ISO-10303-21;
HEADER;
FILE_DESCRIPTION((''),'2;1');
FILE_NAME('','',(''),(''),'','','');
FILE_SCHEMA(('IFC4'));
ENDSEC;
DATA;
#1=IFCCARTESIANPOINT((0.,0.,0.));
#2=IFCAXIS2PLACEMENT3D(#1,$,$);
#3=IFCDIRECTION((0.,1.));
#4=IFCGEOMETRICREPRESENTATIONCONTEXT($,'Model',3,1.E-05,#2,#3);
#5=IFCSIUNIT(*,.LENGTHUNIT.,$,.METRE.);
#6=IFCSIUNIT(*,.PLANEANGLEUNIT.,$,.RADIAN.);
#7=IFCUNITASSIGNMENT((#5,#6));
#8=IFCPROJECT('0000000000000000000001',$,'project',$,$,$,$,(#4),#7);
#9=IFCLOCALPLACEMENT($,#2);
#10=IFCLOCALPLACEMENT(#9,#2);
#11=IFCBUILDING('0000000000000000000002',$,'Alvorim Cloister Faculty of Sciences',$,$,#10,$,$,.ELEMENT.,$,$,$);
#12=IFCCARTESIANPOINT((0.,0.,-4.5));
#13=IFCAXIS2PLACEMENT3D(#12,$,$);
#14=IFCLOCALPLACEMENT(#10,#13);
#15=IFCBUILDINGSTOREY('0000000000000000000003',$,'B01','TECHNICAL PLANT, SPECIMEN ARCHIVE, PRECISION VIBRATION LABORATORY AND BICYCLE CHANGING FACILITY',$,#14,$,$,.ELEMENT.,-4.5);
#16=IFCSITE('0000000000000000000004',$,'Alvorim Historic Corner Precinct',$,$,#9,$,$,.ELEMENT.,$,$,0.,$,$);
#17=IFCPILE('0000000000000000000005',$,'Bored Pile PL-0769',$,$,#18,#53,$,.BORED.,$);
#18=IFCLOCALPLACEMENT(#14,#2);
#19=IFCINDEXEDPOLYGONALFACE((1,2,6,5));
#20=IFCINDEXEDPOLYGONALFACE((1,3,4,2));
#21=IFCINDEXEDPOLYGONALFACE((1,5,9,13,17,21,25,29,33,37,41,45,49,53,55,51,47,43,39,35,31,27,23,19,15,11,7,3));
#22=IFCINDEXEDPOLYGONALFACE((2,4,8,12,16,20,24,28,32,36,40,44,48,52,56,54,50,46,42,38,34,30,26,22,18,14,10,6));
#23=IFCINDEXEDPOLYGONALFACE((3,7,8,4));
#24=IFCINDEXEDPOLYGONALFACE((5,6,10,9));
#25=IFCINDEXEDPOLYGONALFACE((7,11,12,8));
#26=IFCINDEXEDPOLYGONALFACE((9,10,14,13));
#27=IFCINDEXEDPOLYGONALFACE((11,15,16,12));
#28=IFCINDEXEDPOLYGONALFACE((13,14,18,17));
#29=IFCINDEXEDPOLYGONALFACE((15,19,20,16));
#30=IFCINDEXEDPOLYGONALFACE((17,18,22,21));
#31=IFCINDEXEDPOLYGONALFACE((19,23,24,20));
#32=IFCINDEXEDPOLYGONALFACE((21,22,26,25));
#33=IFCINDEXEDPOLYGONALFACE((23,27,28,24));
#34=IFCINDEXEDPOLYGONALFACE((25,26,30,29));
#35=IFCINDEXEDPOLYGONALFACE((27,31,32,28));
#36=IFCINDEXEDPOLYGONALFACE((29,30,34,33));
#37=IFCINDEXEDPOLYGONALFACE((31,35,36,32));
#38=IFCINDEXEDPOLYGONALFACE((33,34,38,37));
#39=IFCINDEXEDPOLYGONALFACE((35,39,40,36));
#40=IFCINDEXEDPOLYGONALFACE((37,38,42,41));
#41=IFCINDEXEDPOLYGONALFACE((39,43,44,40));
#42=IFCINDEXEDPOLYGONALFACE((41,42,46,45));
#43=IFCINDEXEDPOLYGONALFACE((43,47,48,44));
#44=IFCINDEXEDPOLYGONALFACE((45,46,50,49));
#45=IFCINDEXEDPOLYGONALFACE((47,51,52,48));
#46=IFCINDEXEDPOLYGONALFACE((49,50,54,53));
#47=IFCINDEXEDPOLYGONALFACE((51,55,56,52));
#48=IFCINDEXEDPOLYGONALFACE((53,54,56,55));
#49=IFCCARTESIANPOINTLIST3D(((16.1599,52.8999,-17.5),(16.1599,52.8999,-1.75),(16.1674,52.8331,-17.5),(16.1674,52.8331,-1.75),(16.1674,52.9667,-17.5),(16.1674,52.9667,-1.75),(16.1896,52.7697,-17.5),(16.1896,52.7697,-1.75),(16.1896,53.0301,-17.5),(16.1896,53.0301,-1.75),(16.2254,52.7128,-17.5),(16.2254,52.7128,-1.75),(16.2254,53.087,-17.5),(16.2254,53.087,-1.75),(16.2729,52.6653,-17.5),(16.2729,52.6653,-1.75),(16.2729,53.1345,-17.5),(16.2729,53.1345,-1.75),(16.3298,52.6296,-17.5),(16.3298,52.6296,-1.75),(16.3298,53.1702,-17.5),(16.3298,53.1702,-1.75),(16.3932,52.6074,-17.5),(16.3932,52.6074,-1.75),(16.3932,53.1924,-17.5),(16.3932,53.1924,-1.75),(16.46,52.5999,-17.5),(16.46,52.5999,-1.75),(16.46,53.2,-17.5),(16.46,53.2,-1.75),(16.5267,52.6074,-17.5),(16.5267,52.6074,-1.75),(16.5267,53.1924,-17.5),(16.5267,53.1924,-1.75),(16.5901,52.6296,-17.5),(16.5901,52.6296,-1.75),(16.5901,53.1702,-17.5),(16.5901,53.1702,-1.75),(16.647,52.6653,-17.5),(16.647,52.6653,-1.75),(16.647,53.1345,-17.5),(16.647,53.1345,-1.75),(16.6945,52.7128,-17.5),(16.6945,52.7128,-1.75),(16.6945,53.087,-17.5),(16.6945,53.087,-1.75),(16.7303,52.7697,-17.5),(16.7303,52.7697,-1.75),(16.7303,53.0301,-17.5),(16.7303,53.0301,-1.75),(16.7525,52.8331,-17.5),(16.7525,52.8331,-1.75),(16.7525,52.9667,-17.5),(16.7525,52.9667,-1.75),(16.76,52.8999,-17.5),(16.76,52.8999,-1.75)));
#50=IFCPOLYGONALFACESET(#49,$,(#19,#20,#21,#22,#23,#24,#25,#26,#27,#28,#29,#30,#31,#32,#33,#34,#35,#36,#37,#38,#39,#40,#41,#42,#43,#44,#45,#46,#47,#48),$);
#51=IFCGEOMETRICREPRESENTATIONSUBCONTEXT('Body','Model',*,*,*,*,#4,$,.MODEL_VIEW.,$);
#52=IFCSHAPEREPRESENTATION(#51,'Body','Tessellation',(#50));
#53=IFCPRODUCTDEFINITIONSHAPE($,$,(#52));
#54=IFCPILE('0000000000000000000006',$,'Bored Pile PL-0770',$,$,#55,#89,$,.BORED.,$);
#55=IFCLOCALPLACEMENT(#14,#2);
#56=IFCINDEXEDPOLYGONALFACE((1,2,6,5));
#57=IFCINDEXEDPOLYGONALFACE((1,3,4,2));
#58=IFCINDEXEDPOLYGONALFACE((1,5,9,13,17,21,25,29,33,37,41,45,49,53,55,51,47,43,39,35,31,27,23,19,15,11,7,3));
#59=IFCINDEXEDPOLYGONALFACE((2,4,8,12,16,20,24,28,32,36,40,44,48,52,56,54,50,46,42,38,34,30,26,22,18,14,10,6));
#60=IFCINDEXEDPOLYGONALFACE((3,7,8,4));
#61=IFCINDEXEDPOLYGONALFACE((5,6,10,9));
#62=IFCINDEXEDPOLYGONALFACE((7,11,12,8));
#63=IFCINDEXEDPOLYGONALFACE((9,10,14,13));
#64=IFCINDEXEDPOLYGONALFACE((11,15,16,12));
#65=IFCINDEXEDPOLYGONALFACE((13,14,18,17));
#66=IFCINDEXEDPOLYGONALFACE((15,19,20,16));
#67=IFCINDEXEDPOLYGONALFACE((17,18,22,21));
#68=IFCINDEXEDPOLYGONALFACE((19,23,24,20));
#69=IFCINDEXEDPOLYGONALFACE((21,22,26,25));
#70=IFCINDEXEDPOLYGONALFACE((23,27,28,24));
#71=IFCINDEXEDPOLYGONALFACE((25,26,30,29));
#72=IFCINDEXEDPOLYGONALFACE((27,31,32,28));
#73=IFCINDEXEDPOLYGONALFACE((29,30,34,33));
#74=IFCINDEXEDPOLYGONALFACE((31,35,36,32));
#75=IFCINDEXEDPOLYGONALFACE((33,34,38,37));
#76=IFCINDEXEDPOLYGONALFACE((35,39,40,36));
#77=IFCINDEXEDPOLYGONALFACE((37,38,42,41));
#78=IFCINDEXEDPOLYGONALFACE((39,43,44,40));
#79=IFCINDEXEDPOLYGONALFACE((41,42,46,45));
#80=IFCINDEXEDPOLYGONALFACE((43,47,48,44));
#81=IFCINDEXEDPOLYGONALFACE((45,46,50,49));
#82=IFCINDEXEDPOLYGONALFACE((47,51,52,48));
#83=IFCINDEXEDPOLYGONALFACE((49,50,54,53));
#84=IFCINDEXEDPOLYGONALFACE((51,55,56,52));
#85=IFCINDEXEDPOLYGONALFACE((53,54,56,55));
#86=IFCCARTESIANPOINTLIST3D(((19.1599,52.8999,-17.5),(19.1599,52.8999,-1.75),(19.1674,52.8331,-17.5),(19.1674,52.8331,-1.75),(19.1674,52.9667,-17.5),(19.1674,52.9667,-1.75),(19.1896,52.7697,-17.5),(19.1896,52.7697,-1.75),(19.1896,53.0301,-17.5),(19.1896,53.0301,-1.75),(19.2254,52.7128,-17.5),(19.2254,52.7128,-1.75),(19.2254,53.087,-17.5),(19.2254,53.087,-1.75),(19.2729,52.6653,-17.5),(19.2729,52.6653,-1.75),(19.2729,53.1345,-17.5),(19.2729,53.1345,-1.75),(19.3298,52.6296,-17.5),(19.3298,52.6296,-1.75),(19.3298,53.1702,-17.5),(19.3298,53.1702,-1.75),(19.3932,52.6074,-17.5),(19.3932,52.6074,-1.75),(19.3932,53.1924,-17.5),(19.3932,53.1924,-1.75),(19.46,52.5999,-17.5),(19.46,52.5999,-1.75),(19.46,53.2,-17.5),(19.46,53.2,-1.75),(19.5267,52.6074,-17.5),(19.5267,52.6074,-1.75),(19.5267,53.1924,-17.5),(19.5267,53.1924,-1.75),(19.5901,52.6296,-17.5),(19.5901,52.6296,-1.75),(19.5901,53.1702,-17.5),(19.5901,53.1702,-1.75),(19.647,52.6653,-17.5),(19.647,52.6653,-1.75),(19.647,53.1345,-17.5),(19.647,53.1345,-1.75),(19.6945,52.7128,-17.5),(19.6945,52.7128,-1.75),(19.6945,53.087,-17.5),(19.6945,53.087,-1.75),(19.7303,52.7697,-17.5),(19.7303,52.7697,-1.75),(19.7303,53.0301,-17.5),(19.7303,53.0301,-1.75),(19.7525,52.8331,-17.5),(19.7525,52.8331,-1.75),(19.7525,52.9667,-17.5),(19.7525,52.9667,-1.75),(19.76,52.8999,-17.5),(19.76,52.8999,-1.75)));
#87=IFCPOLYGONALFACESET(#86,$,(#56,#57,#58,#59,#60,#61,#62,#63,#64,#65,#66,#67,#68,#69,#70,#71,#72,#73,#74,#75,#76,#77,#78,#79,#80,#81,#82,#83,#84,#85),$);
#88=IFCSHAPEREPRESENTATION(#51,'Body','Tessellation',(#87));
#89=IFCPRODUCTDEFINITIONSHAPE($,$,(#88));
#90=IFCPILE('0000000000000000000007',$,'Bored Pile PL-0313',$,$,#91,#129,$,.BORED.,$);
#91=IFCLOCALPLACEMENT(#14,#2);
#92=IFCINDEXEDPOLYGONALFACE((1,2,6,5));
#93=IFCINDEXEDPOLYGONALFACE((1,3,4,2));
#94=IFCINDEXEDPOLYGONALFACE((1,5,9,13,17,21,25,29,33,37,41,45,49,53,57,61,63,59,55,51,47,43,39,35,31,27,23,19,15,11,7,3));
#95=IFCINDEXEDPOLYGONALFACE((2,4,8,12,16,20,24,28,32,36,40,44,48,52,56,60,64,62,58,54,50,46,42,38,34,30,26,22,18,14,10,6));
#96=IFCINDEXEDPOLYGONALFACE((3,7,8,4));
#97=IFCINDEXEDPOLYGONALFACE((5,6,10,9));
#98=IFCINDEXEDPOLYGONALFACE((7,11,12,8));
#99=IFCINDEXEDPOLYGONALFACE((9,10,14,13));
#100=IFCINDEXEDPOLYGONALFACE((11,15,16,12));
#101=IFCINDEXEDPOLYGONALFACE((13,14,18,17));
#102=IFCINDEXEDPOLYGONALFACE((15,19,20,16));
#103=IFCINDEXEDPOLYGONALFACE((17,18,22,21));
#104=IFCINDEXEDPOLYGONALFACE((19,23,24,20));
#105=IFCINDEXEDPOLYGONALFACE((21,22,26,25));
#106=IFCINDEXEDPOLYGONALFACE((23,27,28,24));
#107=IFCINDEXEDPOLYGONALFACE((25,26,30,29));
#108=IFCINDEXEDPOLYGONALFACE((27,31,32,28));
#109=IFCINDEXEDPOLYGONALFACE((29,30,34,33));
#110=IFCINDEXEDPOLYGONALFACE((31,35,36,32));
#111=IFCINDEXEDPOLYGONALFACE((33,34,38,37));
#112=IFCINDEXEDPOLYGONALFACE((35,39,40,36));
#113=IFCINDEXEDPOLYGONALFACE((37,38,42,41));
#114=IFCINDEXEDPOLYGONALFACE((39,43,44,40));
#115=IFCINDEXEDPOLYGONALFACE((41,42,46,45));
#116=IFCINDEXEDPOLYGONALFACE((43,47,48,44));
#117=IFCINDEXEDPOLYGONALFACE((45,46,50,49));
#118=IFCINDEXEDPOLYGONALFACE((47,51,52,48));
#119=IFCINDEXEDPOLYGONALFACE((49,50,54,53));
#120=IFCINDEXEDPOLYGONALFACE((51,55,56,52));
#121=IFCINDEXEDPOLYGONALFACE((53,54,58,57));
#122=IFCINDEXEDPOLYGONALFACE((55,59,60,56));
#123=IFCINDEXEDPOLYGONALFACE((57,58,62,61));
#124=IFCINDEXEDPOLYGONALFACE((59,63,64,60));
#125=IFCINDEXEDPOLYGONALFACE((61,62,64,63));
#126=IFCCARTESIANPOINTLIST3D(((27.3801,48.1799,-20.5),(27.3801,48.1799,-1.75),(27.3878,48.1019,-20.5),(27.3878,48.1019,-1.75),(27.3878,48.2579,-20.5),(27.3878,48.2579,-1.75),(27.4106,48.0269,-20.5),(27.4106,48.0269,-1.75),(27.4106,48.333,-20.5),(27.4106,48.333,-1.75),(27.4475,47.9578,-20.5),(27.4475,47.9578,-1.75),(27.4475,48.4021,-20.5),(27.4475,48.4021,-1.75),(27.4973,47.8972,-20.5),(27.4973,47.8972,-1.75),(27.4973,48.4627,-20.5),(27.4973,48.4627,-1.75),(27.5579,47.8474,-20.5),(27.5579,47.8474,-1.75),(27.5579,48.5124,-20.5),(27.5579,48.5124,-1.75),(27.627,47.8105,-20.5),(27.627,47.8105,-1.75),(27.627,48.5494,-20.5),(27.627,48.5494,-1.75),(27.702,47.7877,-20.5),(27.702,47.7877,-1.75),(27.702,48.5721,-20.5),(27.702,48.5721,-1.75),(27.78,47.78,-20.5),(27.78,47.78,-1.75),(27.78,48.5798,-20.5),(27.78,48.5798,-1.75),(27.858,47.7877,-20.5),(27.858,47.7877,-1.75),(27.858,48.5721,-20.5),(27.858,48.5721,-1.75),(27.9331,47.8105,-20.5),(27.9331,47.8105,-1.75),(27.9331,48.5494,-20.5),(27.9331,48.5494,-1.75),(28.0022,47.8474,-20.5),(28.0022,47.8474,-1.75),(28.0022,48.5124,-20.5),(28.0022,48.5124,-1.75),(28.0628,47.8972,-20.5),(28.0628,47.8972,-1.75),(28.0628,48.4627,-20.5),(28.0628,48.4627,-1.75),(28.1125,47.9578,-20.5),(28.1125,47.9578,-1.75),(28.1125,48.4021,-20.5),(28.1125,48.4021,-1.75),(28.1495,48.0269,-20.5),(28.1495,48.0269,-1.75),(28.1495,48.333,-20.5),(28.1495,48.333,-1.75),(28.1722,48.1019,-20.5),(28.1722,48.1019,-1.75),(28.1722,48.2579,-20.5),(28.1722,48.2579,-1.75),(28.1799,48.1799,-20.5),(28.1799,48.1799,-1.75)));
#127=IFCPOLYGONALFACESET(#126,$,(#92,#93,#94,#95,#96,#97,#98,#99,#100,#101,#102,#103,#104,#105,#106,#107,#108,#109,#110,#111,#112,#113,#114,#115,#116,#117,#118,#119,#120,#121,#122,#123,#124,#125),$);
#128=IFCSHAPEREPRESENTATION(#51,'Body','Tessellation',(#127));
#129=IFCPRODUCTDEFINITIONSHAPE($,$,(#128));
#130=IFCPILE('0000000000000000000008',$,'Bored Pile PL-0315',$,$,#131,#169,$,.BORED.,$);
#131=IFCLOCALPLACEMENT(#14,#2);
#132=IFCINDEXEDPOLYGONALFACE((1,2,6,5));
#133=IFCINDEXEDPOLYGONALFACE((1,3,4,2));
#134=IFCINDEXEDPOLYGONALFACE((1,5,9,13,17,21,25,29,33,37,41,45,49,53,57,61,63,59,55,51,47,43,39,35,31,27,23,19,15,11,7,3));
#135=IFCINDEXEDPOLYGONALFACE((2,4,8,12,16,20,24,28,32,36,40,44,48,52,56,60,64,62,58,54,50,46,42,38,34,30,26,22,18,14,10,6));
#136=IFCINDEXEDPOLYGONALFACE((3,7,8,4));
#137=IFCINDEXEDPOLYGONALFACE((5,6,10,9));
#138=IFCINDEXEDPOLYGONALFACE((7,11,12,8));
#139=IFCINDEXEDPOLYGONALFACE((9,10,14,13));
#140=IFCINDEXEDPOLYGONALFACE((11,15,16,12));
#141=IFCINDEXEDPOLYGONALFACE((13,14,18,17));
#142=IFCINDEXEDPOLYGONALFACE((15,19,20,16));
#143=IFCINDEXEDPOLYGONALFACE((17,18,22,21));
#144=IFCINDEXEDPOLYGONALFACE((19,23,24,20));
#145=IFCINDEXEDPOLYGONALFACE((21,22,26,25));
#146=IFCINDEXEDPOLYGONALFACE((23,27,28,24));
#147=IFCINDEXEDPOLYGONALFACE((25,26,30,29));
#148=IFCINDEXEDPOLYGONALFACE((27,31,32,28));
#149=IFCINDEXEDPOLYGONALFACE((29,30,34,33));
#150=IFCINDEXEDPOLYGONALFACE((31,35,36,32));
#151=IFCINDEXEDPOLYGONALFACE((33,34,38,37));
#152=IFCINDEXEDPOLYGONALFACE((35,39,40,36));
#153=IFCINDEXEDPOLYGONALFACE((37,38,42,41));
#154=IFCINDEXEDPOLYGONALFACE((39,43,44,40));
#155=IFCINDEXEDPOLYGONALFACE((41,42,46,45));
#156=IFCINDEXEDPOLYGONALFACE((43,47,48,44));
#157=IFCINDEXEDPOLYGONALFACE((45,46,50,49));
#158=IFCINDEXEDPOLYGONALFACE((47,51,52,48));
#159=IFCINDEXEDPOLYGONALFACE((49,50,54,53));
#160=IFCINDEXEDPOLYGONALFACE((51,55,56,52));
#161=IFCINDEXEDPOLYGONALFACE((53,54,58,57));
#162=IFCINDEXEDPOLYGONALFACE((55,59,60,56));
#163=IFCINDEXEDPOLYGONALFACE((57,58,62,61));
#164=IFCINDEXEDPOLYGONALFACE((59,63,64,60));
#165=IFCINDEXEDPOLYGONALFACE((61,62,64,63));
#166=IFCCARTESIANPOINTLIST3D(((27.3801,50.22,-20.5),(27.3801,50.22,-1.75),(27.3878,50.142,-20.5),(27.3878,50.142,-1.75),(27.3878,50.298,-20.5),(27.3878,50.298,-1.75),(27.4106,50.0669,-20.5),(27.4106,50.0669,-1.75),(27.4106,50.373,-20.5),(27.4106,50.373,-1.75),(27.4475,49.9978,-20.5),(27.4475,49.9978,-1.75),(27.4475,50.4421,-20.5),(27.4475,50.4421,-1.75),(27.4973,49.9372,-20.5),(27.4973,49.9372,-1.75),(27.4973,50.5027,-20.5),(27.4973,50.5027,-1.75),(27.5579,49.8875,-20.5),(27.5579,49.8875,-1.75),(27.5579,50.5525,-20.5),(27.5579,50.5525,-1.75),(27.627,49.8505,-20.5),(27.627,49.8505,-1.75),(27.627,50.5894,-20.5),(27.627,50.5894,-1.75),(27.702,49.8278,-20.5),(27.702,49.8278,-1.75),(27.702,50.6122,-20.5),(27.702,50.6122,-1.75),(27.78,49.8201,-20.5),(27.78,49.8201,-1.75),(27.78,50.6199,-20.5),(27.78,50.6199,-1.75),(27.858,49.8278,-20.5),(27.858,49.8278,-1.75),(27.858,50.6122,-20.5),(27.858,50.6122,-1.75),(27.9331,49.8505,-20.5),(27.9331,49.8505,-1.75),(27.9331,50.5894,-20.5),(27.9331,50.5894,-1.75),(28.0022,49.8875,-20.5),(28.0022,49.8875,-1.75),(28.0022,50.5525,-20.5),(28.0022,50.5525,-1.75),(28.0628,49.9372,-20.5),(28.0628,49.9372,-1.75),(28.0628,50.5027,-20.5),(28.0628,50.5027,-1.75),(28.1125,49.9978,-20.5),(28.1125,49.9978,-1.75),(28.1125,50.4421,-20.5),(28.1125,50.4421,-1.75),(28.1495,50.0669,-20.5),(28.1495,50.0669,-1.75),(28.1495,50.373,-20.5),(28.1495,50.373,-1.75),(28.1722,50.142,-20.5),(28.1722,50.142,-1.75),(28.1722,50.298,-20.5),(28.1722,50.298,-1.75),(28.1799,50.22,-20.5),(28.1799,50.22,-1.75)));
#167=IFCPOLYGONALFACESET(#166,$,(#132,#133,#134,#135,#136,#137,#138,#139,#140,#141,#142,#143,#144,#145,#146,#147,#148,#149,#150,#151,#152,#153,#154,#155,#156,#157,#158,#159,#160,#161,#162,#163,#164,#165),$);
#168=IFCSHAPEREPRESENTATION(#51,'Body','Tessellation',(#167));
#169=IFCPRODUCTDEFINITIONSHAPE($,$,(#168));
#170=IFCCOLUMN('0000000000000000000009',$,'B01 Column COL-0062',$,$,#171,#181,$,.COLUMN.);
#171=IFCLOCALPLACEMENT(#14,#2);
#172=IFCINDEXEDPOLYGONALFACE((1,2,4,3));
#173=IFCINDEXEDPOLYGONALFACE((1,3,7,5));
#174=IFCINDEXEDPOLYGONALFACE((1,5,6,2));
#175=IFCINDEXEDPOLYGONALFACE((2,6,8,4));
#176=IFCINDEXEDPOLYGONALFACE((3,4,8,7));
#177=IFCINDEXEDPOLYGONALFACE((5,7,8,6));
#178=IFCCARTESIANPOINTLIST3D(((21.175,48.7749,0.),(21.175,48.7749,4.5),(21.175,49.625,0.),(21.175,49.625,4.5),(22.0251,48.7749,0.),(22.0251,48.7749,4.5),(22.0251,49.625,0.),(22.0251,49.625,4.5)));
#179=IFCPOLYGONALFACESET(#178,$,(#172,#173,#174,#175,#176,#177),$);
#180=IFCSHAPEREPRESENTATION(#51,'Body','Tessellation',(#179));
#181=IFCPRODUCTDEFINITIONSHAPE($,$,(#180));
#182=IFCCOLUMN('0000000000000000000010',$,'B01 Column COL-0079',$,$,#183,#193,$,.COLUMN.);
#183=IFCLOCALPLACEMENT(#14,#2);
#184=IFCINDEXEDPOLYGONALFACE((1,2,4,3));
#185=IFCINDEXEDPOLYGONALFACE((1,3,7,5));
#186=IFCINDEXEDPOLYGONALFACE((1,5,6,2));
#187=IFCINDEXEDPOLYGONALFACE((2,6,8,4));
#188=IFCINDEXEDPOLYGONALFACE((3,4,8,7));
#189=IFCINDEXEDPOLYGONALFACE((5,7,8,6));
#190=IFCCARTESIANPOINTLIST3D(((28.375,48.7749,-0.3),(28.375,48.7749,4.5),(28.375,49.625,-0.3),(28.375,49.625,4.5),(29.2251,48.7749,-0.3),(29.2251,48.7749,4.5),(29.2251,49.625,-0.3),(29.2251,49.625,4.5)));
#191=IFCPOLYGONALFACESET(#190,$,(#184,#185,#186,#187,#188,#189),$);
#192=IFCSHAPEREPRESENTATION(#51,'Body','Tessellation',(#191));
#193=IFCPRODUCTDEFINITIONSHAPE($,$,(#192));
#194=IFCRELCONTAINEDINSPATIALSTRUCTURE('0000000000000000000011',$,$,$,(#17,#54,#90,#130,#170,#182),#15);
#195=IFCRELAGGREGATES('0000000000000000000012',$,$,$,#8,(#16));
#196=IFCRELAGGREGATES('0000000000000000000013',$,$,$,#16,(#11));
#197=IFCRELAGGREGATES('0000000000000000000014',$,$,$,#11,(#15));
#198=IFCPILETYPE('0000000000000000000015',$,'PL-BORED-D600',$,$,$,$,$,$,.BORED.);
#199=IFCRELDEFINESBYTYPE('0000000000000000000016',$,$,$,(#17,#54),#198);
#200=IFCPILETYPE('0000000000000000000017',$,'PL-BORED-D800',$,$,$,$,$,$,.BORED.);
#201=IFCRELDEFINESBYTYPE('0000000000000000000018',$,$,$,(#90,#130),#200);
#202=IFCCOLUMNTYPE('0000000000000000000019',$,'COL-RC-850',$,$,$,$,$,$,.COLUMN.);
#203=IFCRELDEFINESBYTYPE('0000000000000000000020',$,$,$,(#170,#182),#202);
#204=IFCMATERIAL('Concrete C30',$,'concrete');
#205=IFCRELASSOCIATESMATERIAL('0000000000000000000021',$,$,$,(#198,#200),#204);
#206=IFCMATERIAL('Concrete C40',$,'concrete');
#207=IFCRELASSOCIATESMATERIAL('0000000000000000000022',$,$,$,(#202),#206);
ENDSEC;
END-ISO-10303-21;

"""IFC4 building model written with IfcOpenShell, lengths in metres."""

from ifc_helpers import new_model, si_unit, direction, frame, origin, origin_2d, place, context, subcontext, project, spatial, rectangle, circle, extrude, material, material_profile, profile_set, type_object, element, save


model = new_model("IFC4")

# Units and contexts
model_context = context("Model", 3, precision=1e-05, world=origin(), true_north=direction((0.0, 1.0)))
body_context = subcontext(model_context, "Body", "Model", "MODEL_VIEW")
ifc_project = project(units=[si_unit("LENGTHUNIT", "METRE"), si_unit("PLANEANGLEUNIT", "RADIAN")], contexts=[model_context])

# Site, building, storey
site_placement = place(None, origin())
site = spatial("IfcSite", under=ifc_project, at=site_placement, Name="Alvorim Historic Corner Precinct", CompositionType="ELEMENT", RefElevation=0.0)
building_placement = place(site_placement, origin())
building = spatial("IfcBuilding", under=site, at=building_placement, Name="Alvorim Cloister Faculty of Sciences", CompositionType="ELEMENT")
storey_placement = place(building_placement, frame((0.0, 0.0, -4.5)))
storey = spatial("IfcBuildingStorey", under=building, at=storey_placement, Name="B01", Description="TECHNICAL PLANT, SPECIMEN ARCHIVE, PRECISION VIBRATION LABORATORY AND BICYCLE CHANGING FACILITY", CompositionType="ELEMENT", Elevation=-4.5)

# Shared definitions
ifc_material_1 = material(Name="Concrete C40", Category="concrete")

# Piles
ifc_material_2 = material(Name="Concrete C30", Category="concrete")
ifc_material_profile_1 = material_profile(ifc_material_2, circle(Radius=0.3, at=origin_2d()), Name="PILE-D600")
ifc_profile_set_1 = profile_set([ifc_material_profile_1], Name="Concrete C30")
pile_type_1 = type_object("IfcPileType", Name="PL-BORED-D600", PredefinedType="BORED", material=ifc_profile_set_1)
for number, where, z_axis, x_axis, name in (
    (1, (16.46, 52.8999, -1.75), (0.0, 0.0, -1.0), (1.0, 0.0, 0.0), "Bored Pile PL-0769"),
    (2, (19.46, 52.8999, -1.75), (0.0, 0.0, -1.0), (1.0, 0.0, 0.0), "Bored Pile PL-0770"),
):
    element("IfcPile", number, at=place(storey_placement, frame(where, z_axis=z_axis, x_axis=x_axis)), inside=storey, type_object=pile_type_1, Name=name, PredefinedType="BORED", context=body_context, shape_type="SweptSolid", body=[
        extrude(circle(Radius=0.3, at=origin_2d()), origin(), (0.0, 0.0, 1.0), 15.75),
    ])
ifc_material_profile_2 = material_profile(ifc_material_2, circle(Radius=0.3999, at=origin_2d()), Name="PILE-D800")
ifc_profile_set_2 = profile_set([ifc_material_profile_2], Name="Concrete C30")
pile_type_2 = type_object("IfcPileType", Name="PL-BORED-D800", PredefinedType="BORED", material=ifc_profile_set_2)
for number, where, z_axis, x_axis, name in (
    (3, (27.78, 48.1799, -1.75), (0.0, 0.0, -1.0), (1.0, 0.0, 0.0), "Bored Pile PL-0313"),
    (4, (27.78, 50.22, -1.75), (0.0, 0.0, -1.0), (1.0, 0.0, 0.0), "Bored Pile PL-0315"),
):
    element("IfcPile", number, at=place(storey_placement, frame(where, z_axis=z_axis, x_axis=x_axis)), inside=storey, type_object=pile_type_2, Name=name, PredefinedType="BORED", context=body_context, shape_type="SweptSolid", body=[
        extrude(circle(Radius=0.3999, at=origin_2d()), origin(), (0.0, 0.0, 1.0), 18.75),
    ])

# Columns
ifc_material_profile_3 = material_profile(ifc_material_1, rectangle(XDim=0.8501, YDim=0.8501, at=origin_2d()), Name="RC40-COL-850x850")
ifc_profile_set_3 = profile_set([ifc_material_profile_3], Name="Concrete C40")
column_type = type_object("IfcColumnType", Name="COL-RC-850", PredefinedType="COLUMN", material=ifc_profile_set_3)
column_1_placement = place(storey_placement, frame((21.6001, 49.2, 0.0), z_axis=(0.0, 0.0, 1.0), x_axis=(1.0, 0.0, 0.0)))
element("IfcColumn", 5, at=column_1_placement, inside=storey, type_object=column_type, Name="B01 Column COL-0062", PredefinedType="COLUMN", context=body_context, shape_type="SweptSolid", body=[
    extrude(rectangle(XDim=0.8501, YDim=0.8501, at=origin_2d()), origin(), (0.0, 0.0, 1.0), 4.5),
])
column_2_placement = place(storey_placement, frame((28.8, 49.2, -0.3), z_axis=(0.0, 0.0, 1.0), x_axis=(1.0, 0.0, 0.0)))
element("IfcColumn", 6, at=column_2_placement, inside=storey, type_object=column_type, Name="B01 Column COL-0079", PredefinedType="COLUMN", context=body_context, shape_type="SweptSolid", body=[
    extrude(rectangle(XDim=0.8501, YDim=0.8501, at=origin_2d()), origin(), (0.0, 0.0, 1.0), 4.8),
])

save(model, "model.ifc")
